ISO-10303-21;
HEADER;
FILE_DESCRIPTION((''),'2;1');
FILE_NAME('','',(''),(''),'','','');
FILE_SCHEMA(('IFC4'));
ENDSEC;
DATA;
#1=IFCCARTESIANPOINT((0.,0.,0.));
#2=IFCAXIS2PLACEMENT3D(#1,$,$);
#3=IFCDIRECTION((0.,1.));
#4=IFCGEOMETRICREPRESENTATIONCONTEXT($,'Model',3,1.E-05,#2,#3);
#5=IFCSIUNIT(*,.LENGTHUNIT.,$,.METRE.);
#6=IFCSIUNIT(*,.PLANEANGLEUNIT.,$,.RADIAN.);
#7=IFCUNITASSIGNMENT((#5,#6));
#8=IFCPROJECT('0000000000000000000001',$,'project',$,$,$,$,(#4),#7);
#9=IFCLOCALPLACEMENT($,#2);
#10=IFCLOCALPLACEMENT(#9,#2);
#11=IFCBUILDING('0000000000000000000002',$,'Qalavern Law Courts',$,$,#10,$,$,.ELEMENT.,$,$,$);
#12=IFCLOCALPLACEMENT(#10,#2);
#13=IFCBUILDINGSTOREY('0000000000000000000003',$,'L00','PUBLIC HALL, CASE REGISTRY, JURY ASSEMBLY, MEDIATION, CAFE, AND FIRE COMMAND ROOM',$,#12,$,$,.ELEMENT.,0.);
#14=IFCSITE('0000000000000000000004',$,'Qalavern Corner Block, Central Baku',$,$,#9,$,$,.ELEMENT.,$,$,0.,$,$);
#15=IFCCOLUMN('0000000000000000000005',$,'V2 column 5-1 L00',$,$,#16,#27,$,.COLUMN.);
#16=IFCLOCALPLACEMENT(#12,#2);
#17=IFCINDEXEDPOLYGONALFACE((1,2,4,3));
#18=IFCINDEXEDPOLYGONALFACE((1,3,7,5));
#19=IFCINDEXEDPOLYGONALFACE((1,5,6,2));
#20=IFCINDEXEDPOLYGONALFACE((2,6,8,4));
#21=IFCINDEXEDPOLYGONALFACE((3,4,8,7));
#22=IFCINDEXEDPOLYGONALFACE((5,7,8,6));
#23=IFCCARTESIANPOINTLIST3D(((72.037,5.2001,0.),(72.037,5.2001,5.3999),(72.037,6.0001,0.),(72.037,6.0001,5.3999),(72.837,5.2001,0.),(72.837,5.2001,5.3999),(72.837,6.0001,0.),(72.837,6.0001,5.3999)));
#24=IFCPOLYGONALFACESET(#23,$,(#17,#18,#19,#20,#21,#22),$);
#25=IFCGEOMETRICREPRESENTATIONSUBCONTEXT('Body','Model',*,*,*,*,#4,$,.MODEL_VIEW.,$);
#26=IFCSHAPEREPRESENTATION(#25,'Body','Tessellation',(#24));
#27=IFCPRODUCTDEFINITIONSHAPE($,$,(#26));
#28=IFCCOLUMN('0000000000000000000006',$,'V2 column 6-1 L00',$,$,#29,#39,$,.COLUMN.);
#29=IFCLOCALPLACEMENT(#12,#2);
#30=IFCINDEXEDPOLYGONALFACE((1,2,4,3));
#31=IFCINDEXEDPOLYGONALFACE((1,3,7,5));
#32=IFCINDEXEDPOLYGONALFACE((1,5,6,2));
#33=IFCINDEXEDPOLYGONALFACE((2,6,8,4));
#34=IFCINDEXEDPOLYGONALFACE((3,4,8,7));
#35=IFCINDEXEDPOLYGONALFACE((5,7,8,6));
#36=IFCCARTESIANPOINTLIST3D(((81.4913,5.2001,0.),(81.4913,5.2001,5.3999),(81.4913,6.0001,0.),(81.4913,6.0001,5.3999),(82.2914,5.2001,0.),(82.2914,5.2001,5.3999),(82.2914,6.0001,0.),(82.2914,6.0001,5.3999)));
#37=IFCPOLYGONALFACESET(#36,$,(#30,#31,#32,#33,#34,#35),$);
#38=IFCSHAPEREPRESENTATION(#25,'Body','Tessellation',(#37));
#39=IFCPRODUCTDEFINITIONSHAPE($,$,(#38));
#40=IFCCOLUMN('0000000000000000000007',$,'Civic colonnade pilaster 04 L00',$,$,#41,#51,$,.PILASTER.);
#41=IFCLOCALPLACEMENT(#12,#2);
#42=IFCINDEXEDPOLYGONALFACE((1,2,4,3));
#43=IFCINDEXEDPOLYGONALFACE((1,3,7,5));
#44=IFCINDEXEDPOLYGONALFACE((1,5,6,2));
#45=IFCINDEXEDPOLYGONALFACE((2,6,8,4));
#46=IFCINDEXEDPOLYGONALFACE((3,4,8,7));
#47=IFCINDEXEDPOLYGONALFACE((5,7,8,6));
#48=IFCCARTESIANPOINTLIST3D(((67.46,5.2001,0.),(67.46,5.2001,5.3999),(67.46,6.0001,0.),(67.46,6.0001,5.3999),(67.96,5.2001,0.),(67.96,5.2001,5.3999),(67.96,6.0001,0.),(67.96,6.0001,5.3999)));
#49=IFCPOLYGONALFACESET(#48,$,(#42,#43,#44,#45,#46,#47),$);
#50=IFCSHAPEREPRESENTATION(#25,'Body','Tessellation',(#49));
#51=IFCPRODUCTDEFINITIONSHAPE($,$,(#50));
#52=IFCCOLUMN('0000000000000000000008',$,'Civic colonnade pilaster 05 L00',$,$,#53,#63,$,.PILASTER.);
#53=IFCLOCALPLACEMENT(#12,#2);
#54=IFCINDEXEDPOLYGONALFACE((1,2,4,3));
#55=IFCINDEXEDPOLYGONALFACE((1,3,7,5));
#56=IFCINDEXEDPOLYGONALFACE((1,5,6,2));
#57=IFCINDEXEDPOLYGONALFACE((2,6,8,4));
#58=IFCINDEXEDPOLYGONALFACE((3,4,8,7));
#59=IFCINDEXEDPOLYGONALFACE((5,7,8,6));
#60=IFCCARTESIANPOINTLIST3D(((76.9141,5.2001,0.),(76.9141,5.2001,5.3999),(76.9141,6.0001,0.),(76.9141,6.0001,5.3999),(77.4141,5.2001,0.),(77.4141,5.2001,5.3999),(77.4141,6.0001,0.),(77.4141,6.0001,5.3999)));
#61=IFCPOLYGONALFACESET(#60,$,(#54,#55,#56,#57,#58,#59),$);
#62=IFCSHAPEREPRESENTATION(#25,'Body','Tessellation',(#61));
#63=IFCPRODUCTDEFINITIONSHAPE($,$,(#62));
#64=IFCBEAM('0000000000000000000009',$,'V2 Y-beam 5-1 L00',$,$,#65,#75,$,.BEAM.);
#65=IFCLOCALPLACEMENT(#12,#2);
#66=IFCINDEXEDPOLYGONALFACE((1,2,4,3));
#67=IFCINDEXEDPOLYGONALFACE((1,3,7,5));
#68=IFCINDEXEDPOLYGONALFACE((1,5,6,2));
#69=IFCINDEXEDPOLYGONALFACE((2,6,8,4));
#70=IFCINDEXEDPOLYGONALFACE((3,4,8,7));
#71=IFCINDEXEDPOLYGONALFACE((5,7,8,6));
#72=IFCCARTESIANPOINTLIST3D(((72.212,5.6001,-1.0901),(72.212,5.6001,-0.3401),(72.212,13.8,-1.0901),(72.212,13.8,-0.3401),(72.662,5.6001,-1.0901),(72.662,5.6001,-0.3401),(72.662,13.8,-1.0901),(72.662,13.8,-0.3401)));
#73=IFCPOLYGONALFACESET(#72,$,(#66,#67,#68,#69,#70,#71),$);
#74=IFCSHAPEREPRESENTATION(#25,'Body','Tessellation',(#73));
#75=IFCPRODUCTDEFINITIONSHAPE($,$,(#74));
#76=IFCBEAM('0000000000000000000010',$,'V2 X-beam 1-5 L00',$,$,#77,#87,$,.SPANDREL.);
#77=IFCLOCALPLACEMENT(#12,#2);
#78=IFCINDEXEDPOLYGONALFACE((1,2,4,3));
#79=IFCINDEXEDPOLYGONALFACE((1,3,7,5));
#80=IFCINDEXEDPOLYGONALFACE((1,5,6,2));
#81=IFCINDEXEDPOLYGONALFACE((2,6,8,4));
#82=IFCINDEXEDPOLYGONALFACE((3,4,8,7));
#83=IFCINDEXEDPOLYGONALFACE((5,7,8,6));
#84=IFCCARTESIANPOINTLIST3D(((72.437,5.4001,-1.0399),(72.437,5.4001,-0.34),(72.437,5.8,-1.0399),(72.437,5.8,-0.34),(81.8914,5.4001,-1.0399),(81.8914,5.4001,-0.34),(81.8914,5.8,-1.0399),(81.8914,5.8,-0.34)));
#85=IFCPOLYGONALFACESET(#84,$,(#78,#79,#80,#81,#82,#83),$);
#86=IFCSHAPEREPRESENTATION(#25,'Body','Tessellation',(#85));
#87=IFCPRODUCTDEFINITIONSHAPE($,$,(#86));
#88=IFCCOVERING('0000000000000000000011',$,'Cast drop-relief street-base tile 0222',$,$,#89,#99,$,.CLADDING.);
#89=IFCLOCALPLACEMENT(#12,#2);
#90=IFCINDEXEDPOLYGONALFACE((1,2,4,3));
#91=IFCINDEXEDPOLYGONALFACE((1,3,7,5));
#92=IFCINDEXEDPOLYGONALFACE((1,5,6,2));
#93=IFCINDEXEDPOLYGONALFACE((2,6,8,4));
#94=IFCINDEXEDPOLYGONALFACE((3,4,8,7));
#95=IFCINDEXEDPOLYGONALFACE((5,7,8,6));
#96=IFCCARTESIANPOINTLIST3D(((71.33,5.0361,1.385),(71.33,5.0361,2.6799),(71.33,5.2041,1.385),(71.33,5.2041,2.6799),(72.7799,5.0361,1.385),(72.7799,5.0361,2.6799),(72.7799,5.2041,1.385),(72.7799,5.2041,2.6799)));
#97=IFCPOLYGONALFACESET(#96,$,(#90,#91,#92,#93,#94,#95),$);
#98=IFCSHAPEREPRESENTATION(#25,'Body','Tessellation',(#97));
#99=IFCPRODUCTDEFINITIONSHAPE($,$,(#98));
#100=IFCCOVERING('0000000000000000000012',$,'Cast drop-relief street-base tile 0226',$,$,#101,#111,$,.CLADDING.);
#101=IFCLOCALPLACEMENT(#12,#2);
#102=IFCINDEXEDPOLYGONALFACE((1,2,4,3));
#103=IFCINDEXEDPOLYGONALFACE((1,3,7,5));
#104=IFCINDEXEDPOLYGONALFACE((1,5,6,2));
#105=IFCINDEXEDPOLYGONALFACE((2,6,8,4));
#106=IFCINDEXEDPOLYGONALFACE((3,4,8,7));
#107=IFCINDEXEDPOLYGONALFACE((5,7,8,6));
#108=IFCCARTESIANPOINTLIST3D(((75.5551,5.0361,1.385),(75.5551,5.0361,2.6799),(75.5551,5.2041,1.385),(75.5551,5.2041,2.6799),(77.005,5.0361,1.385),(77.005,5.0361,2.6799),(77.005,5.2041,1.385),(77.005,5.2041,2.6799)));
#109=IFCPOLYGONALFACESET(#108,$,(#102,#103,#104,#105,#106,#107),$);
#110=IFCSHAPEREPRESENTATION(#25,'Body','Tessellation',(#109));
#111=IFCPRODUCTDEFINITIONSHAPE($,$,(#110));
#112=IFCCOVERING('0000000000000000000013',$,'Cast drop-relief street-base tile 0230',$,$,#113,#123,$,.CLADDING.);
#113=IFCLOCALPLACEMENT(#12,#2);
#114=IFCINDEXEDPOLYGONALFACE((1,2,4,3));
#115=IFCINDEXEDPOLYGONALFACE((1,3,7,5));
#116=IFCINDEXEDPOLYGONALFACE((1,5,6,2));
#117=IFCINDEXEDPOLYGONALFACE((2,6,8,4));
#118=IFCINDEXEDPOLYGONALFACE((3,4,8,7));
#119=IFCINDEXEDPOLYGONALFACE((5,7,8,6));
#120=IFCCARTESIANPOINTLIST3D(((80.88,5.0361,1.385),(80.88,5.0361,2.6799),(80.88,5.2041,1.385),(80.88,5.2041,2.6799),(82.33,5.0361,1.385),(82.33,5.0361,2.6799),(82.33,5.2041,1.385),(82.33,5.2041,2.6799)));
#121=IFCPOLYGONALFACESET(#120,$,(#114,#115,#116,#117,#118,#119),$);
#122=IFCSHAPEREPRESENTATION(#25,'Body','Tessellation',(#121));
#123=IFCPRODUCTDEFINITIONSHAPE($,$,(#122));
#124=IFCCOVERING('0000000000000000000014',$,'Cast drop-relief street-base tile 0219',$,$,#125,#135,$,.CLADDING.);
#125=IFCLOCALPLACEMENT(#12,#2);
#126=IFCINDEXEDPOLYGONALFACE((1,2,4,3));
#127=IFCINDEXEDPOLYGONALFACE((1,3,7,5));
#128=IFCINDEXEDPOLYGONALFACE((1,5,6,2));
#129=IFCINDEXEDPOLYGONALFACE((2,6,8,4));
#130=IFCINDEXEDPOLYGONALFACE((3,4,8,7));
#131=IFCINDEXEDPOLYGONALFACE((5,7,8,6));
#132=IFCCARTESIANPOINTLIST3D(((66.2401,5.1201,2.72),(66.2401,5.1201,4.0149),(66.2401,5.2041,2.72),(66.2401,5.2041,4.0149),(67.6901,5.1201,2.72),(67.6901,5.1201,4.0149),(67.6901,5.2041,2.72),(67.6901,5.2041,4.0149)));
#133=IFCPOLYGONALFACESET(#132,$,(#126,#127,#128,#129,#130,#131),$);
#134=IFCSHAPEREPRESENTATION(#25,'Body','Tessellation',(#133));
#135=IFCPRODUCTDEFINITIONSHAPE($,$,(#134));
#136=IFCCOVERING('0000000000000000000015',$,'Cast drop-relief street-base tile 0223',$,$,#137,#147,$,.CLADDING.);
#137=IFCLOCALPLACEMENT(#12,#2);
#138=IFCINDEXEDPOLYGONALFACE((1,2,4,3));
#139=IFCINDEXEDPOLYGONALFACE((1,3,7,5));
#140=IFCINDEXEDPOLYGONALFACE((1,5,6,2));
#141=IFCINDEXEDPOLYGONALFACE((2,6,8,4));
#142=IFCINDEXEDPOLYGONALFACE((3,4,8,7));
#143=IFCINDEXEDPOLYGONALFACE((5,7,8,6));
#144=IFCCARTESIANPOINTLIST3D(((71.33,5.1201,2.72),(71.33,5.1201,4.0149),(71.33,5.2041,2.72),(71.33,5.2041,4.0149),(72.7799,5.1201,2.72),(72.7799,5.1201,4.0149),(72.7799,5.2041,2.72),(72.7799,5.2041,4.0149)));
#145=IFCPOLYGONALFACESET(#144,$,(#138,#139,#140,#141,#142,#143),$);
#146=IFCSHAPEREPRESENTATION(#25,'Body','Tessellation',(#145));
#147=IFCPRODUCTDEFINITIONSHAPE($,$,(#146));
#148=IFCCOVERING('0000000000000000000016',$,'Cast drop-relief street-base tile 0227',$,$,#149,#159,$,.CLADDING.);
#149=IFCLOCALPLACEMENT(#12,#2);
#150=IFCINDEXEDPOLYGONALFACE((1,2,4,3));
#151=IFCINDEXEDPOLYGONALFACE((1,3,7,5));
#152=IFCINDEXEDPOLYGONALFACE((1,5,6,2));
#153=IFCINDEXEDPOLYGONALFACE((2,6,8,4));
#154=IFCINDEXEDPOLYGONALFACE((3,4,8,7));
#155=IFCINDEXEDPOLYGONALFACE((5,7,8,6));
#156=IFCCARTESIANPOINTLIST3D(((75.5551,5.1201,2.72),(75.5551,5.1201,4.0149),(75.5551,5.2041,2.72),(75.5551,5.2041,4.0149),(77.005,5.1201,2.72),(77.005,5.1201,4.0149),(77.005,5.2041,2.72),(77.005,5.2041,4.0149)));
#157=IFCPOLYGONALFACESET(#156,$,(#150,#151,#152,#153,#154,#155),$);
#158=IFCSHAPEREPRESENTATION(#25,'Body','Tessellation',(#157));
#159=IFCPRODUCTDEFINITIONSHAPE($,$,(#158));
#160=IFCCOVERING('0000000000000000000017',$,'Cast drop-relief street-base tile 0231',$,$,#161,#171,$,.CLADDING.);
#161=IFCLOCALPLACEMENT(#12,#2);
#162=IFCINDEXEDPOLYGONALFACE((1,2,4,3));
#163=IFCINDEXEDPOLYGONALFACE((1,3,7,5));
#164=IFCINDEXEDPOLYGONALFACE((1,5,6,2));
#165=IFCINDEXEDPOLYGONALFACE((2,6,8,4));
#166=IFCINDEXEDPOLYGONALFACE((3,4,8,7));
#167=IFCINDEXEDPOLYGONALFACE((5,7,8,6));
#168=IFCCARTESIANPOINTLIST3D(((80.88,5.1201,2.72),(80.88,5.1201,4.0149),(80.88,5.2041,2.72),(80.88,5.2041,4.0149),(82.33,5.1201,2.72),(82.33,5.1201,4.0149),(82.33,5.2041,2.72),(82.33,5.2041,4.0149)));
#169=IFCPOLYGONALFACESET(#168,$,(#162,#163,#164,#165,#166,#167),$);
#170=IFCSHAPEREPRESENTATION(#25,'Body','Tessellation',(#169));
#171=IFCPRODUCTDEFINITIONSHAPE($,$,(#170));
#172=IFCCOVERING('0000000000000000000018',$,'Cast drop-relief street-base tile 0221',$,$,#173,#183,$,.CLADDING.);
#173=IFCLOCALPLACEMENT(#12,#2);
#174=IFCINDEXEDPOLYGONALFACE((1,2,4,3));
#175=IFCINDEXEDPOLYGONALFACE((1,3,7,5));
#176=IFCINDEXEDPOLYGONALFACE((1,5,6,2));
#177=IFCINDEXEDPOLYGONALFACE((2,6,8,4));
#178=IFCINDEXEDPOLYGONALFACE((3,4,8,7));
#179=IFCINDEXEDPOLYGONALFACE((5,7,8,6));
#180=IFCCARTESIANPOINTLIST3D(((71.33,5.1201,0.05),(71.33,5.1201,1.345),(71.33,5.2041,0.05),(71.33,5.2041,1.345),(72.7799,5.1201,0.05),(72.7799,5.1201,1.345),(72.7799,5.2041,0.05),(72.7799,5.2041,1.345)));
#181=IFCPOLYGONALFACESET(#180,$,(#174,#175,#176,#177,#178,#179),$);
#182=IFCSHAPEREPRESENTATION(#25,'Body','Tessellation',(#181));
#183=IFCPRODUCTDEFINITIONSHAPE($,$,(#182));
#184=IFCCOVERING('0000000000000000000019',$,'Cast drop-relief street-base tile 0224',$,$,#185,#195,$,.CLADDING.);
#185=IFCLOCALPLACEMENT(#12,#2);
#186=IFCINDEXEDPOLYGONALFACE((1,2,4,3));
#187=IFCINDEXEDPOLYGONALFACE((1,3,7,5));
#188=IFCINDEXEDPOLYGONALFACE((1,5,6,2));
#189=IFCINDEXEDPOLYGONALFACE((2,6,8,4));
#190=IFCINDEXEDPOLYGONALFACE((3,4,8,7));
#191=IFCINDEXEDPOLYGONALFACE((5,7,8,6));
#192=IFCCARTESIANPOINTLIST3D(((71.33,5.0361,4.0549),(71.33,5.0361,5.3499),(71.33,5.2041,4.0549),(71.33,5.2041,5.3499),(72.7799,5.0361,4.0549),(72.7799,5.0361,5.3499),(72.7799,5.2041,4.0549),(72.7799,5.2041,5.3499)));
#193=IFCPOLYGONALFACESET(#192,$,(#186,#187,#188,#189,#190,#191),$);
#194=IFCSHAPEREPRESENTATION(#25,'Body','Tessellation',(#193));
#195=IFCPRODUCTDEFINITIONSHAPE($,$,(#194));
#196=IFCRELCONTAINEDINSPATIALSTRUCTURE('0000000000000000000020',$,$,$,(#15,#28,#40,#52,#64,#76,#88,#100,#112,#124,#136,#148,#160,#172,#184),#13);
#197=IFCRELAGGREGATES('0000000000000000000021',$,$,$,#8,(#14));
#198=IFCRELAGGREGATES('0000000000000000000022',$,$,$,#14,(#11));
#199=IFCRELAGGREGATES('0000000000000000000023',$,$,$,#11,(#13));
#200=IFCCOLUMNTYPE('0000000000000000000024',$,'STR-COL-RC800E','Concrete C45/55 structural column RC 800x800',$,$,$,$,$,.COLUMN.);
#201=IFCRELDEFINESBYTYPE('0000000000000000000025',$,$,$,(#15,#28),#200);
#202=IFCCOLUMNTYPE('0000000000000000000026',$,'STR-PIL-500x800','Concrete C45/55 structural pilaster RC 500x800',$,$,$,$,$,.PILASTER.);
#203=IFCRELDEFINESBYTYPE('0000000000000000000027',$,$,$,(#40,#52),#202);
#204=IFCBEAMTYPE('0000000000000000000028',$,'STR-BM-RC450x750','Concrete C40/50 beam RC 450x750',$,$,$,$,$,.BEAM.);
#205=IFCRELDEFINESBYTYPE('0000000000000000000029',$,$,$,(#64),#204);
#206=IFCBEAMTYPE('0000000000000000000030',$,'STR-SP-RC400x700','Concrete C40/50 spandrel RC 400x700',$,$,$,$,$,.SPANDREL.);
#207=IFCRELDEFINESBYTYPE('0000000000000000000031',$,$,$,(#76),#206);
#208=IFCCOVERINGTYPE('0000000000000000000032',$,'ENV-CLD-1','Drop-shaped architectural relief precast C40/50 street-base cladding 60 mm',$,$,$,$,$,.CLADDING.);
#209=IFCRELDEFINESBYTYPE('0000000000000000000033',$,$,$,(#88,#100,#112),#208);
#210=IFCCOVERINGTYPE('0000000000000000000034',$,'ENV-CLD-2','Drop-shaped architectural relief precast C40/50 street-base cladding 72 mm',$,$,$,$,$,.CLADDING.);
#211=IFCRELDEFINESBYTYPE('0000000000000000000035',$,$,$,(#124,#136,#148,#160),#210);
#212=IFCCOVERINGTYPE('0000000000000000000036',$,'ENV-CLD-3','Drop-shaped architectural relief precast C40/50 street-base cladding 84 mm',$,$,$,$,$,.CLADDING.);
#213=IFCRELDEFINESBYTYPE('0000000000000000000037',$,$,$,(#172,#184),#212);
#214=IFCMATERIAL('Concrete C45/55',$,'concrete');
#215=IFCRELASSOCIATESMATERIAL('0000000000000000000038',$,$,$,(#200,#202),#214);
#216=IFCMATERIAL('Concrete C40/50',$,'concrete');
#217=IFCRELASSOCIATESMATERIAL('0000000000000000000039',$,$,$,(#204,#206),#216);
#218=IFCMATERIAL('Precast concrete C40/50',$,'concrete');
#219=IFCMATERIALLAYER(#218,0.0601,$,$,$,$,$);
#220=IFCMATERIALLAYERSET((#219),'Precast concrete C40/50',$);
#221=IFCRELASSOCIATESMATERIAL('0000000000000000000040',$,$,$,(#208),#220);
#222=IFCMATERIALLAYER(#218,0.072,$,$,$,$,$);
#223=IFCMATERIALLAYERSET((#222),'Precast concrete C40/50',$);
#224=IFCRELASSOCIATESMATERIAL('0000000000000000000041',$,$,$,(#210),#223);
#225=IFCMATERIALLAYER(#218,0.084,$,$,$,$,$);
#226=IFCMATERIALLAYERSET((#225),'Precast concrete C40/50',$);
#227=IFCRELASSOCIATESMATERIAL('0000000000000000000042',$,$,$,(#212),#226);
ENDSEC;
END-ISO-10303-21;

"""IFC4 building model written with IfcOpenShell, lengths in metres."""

from ifc_helpers import new_model, si_unit, direction, frame, origin, origin_2d, place, context, subcontext, project, spatial, rectangle, extrude, material, layer, layer_set, material_profile, profile_set, type_object, element, save


model = new_model("IFC4")

# Units and contexts
model_context = context("Model", 3, precision=1e-05, world=origin(), true_north=direction((0.0, 1.0)))
body_context = subcontext(model_context, "Body", "Model", "MODEL_VIEW")
ifc_project = project(units=[si_unit("LENGTHUNIT", "METRE"), si_unit("PLANEANGLEUNIT", "RADIAN")], contexts=[model_context])

# Site, building, storey
site_placement = place(None, origin())
site = spatial("IfcSite", under=ifc_project, at=site_placement, Name="Qalavern Corner Block, Central Baku", CompositionType="ELEMENT", RefElevation=0.0)
building_placement = place(site_placement, origin())
building = spatial("IfcBuilding", under=site, at=building_placement, Name="Qalavern Law Courts", CompositionType="ELEMENT")
storey_placement = place(building_placement, origin())
storey = spatial("IfcBuildingStorey", under=building, at=storey_placement, Name="L00", Description="PUBLIC HALL, CASE REGISTRY, JURY ASSEMBLY, MEDIATION, CAFE, AND FIRE COMMAND ROOM", CompositionType="ELEMENT", Elevation=0.0)

# Columns
ifc_material_1 = material(Name="Concrete C45/55", Category="concrete")
ifc_material_profile_1 = material_profile(ifc_material_1, rectangle(XDim=0.8, YDim=0.8, at=origin_2d()), Name="RC 800x800")
ifc_profile_set_1 = profile_set([ifc_material_profile_1], Name="Concrete C45/55")
column_type_1 = type_object("IfcColumnType", Name="STR-COL-RC800E", Description="Concrete C45/55 structural column RC 800x800", PredefinedType="COLUMN", material=ifc_profile_set_1)
for number, where, z_axis, x_axis, name in (
    (1, (72.437, 5.6001, 0.0), (0.0, 0.0, 1.0), (1.0, 0.0, 0.0), "V2 column 5-1 L00"),
    (2, (81.8914, 5.6001, 0.0), (0.0, 0.0, 1.0), (1.0, 0.0, 0.0), "V2 column 6-1 L00"),
):
    element("IfcColumn", number, at=place(storey_placement, frame(where, z_axis=z_axis, x_axis=x_axis)), inside=storey, type_object=column_type_1, Name=name, PredefinedType="COLUMN", context=body_context, shape_type="SweptSolid", body=[
        extrude(rectangle(XDim=0.8, YDim=0.8, at=origin_2d()), origin(), (0.0, 0.0, 1.0), 5.3999),
    ])
ifc_material_profile_2 = material_profile(ifc_material_1, rectangle(XDim=0.5, YDim=0.8, at=origin_2d()), Name="RC 500x800")
ifc_profile_set_2 = profile_set([ifc_material_profile_2], Name="Concrete C45/55")
column_type_2 = type_object("IfcColumnType", Name="STR-PIL-500x800", Description="Concrete C45/55 structural pilaster RC 500x800", PredefinedType="PILASTER", material=ifc_profile_set_2)
for number, where, z_axis, x_axis, name in (
    (3, (67.71, 5.6001, 0.0), (0.0, 0.0, 1.0), (1.0, 0.0, 0.0), "Civic colonnade pilaster 04 L00"),
    (4, (77.1641, 5.6001, 0.0), (0.0, 0.0, 1.0), (1.0, 0.0, 0.0), "Civic colonnade pilaster 05 L00"),
):
    element("IfcColumn", number, at=place(storey_placement, frame(where, z_axis=z_axis, x_axis=x_axis)), inside=storey, type_object=column_type_2, Name=name, PredefinedType="PILASTER", context=body_context, shape_type="SweptSolid", body=[
        extrude(rectangle(XDim=0.5, YDim=0.8, at=origin_2d()), origin(), (0.0, 0.0, 1.0), 5.3999),
    ])

# Beams
ifc_material_2 = material(Name="Concrete C40/50", Category="concrete")
ifc_material_profile_3 = material_profile(ifc_material_2, rectangle(XDim=0.45, YDim=0.75, at=origin_2d()), Name="RC 450x750")
ifc_profile_set_3 = profile_set([ifc_material_profile_3], Name="Concrete C40/50")
beam_type_1 = type_object("IfcBeamType", Name="STR-BM-RC450x750", Description="Concrete C40/50 beam RC 450x750", PredefinedType="BEAM", material=ifc_profile_set_3)
beam_1_placement = place(storey_placement, frame((72.437, 5.6001, -0.7151), z_axis=(0.0, 1.0, 0.0), x_axis=(-1.0, 0.0, 0.0)))
element("IfcBeam", 5, at=beam_1_placement, inside=storey, type_object=beam_type_1, Name="V2 Y-beam 5-1 L00", PredefinedType="BEAM", context=body_context, shape_type="SweptSolid", body=[
    extrude(rectangle(XDim=0.45, YDim=0.75, at=origin_2d()), origin(), (0.0, 0.0, 1.0), 8.2),
])
ifc_material_profile_4 = material_profile(ifc_material_2, rectangle(XDim=0.3999, YDim=0.7, at=origin_2d()), Name="RC 400x700")
ifc_profile_set_4 = profile_set([ifc_material_profile_4], Name="Concrete C40/50")
beam_type_2 = type_object("IfcBeamType", Name="STR-SP-RC400x700", Description="Concrete C40/50 spandrel RC 400x700", PredefinedType="SPANDREL", material=ifc_profile_set_4)
beam_2_placement = place(storey_placement, frame((72.437, 5.6001, -0.6899), z_axis=(1.0, 0.0, 0.0), x_axis=(0.0, 1.0, 0.0)))
element("IfcBeam", 6, at=beam_2_placement, inside=storey, type_object=beam_type_2, Name="V2 X-beam 1-5 L00", PredefinedType="SPANDREL", context=body_context, shape_type="SweptSolid", body=[
    extrude(rectangle(XDim=0.3999, YDim=0.7, at=origin_2d()), origin(), (0.0, 0.0, 1.0), 9.4543),
])

# Coverings
ifc_material_3 = material(Name="Precast concrete C40/50", Category="concrete")
ifc_layer_1 = layer(ifc_material_3, 0.0601)
ifc_layer_set_1 = layer_set([ifc_layer_1], Name="Precast concrete C40/50")
covering_type_1 = type_object("IfcCoveringType", Name="ENV-CLD-1", Description="Drop-shaped architectural relief precast C40/50 street-base cladding 60 mm", PredefinedType="CLADDING", material=ifc_layer_set_1)
for number, where, z_axis, x_axis, name in (
    (7, (72.0549, 5.1201, 1.385), (0.0, 0.0, 1.0), (1.0, 0.0, 0.0), "Cast drop-relief street-base tile 0222"),
    (8, (76.28, 5.1201, 1.385), (0.0, 0.0, 1.0), (1.0, 0.0, 0.0), "Cast drop-relief street-base tile 0226"),
    (9, (81.605, 5.1201, 1.385), (0.0, 0.0, 1.0), (1.0, 0.0, 0.0), "Cast drop-relief street-base tile 0230"),
):
    element("IfcCovering", number, at=place(storey_placement, frame(where, z_axis=z_axis, x_axis=x_axis)), inside=storey, type_object=covering_type_1, Name=name, PredefinedType="CLADDING", context=body_context, shape_type="SweptSolid", body=[
        extrude(rectangle(XDim=1.45, YDim=0.168, at=origin_2d()), origin(), (0.0, 0.0, 1.0), 1.2949),
    ])
ifc_layer_2 = layer(ifc_material_3, 0.072)
ifc_layer_set_2 = layer_set([ifc_layer_2], Name="Precast concrete C40/50")
covering_type_2 = type_object("IfcCoveringType", Name="ENV-CLD-2", Description="Drop-shaped architectural relief precast C40/50 street-base cladding 72 mm", PredefinedType="CLADDING", material=ifc_layer_set_2)
for number, where, z_axis, x_axis, name in (
    (10, (66.9651, 5.1621, 2.72), (0.0, 0.0, 1.0), (1.0, 0.0, 0.0), "Cast drop-relief street-base tile 0219"),
    (11, (72.0549, 5.1621, 2.72), (0.0, 0.0, 1.0), (1.0, 0.0, 0.0), "Cast drop-relief street-base tile 0223"),
    (12, (76.28, 5.1621, 2.72), (0.0, 0.0, 1.0), (1.0, 0.0, 0.0), "Cast drop-relief street-base tile 0227"),
    (13, (81.605, 5.1621, 2.72), (0.0, 0.0, 1.0), (1.0, 0.0, 0.0), "Cast drop-relief street-base tile 0231"),
):
    element("IfcCovering", number, at=place(storey_placement, frame(where, z_axis=z_axis, x_axis=x_axis)), inside=storey, type_object=covering_type_2, Name=name, PredefinedType="CLADDING", context=body_context, shape_type="SweptSolid", body=[
        extrude(rectangle(XDim=1.45, YDim=0.084, at=origin_2d()), origin(), (0.0, 0.0, 1.0), 1.2949),
    ])
ifc_layer_3 = layer(ifc_material_3, 0.084)
ifc_layer_set_3 = layer_set([ifc_layer_3], Name="Precast concrete C40/50")
covering_type_3 = type_object("IfcCoveringType", Name="ENV-CLD-3", Description="Drop-shaped architectural relief precast C40/50 street-base cladding 84 mm", PredefinedType="CLADDING", material=ifc_layer_set_3)
covering_1_placement = place(storey_placement, frame((72.0549, 5.1621, 0.05), z_axis=(0.0, 0.0, 1.0), x_axis=(1.0, 0.0, 0.0)))
element("IfcCovering", 14, at=covering_1_placement, inside=storey, type_object=covering_type_3, Name="Cast drop-relief street-base tile 0221", PredefinedType="CLADDING", context=body_context, shape_type="SweptSolid", body=[
    extrude(rectangle(XDim=1.45, YDim=0.084, at=origin_2d()), origin(), (0.0, 0.0, 1.0), 1.2949),
])
covering_2_placement = place(storey_placement, frame((72.0549, 5.1201, 4.0549), z_axis=(0.0, 0.0, 1.0), x_axis=(1.0, 0.0, 0.0)))
element("IfcCovering", 15, at=covering_2_placement, inside=storey, type_object=covering_type_3, Name="Cast drop-relief street-base tile 0224", PredefinedType="CLADDING", context=body_context, shape_type="SweptSolid", body=[
    extrude(rectangle(XDim=1.45, YDim=0.168, at=origin_2d()), origin(), (0.0, 0.0, 1.0), 1.2949),
])

save(model, "model.ifc")
